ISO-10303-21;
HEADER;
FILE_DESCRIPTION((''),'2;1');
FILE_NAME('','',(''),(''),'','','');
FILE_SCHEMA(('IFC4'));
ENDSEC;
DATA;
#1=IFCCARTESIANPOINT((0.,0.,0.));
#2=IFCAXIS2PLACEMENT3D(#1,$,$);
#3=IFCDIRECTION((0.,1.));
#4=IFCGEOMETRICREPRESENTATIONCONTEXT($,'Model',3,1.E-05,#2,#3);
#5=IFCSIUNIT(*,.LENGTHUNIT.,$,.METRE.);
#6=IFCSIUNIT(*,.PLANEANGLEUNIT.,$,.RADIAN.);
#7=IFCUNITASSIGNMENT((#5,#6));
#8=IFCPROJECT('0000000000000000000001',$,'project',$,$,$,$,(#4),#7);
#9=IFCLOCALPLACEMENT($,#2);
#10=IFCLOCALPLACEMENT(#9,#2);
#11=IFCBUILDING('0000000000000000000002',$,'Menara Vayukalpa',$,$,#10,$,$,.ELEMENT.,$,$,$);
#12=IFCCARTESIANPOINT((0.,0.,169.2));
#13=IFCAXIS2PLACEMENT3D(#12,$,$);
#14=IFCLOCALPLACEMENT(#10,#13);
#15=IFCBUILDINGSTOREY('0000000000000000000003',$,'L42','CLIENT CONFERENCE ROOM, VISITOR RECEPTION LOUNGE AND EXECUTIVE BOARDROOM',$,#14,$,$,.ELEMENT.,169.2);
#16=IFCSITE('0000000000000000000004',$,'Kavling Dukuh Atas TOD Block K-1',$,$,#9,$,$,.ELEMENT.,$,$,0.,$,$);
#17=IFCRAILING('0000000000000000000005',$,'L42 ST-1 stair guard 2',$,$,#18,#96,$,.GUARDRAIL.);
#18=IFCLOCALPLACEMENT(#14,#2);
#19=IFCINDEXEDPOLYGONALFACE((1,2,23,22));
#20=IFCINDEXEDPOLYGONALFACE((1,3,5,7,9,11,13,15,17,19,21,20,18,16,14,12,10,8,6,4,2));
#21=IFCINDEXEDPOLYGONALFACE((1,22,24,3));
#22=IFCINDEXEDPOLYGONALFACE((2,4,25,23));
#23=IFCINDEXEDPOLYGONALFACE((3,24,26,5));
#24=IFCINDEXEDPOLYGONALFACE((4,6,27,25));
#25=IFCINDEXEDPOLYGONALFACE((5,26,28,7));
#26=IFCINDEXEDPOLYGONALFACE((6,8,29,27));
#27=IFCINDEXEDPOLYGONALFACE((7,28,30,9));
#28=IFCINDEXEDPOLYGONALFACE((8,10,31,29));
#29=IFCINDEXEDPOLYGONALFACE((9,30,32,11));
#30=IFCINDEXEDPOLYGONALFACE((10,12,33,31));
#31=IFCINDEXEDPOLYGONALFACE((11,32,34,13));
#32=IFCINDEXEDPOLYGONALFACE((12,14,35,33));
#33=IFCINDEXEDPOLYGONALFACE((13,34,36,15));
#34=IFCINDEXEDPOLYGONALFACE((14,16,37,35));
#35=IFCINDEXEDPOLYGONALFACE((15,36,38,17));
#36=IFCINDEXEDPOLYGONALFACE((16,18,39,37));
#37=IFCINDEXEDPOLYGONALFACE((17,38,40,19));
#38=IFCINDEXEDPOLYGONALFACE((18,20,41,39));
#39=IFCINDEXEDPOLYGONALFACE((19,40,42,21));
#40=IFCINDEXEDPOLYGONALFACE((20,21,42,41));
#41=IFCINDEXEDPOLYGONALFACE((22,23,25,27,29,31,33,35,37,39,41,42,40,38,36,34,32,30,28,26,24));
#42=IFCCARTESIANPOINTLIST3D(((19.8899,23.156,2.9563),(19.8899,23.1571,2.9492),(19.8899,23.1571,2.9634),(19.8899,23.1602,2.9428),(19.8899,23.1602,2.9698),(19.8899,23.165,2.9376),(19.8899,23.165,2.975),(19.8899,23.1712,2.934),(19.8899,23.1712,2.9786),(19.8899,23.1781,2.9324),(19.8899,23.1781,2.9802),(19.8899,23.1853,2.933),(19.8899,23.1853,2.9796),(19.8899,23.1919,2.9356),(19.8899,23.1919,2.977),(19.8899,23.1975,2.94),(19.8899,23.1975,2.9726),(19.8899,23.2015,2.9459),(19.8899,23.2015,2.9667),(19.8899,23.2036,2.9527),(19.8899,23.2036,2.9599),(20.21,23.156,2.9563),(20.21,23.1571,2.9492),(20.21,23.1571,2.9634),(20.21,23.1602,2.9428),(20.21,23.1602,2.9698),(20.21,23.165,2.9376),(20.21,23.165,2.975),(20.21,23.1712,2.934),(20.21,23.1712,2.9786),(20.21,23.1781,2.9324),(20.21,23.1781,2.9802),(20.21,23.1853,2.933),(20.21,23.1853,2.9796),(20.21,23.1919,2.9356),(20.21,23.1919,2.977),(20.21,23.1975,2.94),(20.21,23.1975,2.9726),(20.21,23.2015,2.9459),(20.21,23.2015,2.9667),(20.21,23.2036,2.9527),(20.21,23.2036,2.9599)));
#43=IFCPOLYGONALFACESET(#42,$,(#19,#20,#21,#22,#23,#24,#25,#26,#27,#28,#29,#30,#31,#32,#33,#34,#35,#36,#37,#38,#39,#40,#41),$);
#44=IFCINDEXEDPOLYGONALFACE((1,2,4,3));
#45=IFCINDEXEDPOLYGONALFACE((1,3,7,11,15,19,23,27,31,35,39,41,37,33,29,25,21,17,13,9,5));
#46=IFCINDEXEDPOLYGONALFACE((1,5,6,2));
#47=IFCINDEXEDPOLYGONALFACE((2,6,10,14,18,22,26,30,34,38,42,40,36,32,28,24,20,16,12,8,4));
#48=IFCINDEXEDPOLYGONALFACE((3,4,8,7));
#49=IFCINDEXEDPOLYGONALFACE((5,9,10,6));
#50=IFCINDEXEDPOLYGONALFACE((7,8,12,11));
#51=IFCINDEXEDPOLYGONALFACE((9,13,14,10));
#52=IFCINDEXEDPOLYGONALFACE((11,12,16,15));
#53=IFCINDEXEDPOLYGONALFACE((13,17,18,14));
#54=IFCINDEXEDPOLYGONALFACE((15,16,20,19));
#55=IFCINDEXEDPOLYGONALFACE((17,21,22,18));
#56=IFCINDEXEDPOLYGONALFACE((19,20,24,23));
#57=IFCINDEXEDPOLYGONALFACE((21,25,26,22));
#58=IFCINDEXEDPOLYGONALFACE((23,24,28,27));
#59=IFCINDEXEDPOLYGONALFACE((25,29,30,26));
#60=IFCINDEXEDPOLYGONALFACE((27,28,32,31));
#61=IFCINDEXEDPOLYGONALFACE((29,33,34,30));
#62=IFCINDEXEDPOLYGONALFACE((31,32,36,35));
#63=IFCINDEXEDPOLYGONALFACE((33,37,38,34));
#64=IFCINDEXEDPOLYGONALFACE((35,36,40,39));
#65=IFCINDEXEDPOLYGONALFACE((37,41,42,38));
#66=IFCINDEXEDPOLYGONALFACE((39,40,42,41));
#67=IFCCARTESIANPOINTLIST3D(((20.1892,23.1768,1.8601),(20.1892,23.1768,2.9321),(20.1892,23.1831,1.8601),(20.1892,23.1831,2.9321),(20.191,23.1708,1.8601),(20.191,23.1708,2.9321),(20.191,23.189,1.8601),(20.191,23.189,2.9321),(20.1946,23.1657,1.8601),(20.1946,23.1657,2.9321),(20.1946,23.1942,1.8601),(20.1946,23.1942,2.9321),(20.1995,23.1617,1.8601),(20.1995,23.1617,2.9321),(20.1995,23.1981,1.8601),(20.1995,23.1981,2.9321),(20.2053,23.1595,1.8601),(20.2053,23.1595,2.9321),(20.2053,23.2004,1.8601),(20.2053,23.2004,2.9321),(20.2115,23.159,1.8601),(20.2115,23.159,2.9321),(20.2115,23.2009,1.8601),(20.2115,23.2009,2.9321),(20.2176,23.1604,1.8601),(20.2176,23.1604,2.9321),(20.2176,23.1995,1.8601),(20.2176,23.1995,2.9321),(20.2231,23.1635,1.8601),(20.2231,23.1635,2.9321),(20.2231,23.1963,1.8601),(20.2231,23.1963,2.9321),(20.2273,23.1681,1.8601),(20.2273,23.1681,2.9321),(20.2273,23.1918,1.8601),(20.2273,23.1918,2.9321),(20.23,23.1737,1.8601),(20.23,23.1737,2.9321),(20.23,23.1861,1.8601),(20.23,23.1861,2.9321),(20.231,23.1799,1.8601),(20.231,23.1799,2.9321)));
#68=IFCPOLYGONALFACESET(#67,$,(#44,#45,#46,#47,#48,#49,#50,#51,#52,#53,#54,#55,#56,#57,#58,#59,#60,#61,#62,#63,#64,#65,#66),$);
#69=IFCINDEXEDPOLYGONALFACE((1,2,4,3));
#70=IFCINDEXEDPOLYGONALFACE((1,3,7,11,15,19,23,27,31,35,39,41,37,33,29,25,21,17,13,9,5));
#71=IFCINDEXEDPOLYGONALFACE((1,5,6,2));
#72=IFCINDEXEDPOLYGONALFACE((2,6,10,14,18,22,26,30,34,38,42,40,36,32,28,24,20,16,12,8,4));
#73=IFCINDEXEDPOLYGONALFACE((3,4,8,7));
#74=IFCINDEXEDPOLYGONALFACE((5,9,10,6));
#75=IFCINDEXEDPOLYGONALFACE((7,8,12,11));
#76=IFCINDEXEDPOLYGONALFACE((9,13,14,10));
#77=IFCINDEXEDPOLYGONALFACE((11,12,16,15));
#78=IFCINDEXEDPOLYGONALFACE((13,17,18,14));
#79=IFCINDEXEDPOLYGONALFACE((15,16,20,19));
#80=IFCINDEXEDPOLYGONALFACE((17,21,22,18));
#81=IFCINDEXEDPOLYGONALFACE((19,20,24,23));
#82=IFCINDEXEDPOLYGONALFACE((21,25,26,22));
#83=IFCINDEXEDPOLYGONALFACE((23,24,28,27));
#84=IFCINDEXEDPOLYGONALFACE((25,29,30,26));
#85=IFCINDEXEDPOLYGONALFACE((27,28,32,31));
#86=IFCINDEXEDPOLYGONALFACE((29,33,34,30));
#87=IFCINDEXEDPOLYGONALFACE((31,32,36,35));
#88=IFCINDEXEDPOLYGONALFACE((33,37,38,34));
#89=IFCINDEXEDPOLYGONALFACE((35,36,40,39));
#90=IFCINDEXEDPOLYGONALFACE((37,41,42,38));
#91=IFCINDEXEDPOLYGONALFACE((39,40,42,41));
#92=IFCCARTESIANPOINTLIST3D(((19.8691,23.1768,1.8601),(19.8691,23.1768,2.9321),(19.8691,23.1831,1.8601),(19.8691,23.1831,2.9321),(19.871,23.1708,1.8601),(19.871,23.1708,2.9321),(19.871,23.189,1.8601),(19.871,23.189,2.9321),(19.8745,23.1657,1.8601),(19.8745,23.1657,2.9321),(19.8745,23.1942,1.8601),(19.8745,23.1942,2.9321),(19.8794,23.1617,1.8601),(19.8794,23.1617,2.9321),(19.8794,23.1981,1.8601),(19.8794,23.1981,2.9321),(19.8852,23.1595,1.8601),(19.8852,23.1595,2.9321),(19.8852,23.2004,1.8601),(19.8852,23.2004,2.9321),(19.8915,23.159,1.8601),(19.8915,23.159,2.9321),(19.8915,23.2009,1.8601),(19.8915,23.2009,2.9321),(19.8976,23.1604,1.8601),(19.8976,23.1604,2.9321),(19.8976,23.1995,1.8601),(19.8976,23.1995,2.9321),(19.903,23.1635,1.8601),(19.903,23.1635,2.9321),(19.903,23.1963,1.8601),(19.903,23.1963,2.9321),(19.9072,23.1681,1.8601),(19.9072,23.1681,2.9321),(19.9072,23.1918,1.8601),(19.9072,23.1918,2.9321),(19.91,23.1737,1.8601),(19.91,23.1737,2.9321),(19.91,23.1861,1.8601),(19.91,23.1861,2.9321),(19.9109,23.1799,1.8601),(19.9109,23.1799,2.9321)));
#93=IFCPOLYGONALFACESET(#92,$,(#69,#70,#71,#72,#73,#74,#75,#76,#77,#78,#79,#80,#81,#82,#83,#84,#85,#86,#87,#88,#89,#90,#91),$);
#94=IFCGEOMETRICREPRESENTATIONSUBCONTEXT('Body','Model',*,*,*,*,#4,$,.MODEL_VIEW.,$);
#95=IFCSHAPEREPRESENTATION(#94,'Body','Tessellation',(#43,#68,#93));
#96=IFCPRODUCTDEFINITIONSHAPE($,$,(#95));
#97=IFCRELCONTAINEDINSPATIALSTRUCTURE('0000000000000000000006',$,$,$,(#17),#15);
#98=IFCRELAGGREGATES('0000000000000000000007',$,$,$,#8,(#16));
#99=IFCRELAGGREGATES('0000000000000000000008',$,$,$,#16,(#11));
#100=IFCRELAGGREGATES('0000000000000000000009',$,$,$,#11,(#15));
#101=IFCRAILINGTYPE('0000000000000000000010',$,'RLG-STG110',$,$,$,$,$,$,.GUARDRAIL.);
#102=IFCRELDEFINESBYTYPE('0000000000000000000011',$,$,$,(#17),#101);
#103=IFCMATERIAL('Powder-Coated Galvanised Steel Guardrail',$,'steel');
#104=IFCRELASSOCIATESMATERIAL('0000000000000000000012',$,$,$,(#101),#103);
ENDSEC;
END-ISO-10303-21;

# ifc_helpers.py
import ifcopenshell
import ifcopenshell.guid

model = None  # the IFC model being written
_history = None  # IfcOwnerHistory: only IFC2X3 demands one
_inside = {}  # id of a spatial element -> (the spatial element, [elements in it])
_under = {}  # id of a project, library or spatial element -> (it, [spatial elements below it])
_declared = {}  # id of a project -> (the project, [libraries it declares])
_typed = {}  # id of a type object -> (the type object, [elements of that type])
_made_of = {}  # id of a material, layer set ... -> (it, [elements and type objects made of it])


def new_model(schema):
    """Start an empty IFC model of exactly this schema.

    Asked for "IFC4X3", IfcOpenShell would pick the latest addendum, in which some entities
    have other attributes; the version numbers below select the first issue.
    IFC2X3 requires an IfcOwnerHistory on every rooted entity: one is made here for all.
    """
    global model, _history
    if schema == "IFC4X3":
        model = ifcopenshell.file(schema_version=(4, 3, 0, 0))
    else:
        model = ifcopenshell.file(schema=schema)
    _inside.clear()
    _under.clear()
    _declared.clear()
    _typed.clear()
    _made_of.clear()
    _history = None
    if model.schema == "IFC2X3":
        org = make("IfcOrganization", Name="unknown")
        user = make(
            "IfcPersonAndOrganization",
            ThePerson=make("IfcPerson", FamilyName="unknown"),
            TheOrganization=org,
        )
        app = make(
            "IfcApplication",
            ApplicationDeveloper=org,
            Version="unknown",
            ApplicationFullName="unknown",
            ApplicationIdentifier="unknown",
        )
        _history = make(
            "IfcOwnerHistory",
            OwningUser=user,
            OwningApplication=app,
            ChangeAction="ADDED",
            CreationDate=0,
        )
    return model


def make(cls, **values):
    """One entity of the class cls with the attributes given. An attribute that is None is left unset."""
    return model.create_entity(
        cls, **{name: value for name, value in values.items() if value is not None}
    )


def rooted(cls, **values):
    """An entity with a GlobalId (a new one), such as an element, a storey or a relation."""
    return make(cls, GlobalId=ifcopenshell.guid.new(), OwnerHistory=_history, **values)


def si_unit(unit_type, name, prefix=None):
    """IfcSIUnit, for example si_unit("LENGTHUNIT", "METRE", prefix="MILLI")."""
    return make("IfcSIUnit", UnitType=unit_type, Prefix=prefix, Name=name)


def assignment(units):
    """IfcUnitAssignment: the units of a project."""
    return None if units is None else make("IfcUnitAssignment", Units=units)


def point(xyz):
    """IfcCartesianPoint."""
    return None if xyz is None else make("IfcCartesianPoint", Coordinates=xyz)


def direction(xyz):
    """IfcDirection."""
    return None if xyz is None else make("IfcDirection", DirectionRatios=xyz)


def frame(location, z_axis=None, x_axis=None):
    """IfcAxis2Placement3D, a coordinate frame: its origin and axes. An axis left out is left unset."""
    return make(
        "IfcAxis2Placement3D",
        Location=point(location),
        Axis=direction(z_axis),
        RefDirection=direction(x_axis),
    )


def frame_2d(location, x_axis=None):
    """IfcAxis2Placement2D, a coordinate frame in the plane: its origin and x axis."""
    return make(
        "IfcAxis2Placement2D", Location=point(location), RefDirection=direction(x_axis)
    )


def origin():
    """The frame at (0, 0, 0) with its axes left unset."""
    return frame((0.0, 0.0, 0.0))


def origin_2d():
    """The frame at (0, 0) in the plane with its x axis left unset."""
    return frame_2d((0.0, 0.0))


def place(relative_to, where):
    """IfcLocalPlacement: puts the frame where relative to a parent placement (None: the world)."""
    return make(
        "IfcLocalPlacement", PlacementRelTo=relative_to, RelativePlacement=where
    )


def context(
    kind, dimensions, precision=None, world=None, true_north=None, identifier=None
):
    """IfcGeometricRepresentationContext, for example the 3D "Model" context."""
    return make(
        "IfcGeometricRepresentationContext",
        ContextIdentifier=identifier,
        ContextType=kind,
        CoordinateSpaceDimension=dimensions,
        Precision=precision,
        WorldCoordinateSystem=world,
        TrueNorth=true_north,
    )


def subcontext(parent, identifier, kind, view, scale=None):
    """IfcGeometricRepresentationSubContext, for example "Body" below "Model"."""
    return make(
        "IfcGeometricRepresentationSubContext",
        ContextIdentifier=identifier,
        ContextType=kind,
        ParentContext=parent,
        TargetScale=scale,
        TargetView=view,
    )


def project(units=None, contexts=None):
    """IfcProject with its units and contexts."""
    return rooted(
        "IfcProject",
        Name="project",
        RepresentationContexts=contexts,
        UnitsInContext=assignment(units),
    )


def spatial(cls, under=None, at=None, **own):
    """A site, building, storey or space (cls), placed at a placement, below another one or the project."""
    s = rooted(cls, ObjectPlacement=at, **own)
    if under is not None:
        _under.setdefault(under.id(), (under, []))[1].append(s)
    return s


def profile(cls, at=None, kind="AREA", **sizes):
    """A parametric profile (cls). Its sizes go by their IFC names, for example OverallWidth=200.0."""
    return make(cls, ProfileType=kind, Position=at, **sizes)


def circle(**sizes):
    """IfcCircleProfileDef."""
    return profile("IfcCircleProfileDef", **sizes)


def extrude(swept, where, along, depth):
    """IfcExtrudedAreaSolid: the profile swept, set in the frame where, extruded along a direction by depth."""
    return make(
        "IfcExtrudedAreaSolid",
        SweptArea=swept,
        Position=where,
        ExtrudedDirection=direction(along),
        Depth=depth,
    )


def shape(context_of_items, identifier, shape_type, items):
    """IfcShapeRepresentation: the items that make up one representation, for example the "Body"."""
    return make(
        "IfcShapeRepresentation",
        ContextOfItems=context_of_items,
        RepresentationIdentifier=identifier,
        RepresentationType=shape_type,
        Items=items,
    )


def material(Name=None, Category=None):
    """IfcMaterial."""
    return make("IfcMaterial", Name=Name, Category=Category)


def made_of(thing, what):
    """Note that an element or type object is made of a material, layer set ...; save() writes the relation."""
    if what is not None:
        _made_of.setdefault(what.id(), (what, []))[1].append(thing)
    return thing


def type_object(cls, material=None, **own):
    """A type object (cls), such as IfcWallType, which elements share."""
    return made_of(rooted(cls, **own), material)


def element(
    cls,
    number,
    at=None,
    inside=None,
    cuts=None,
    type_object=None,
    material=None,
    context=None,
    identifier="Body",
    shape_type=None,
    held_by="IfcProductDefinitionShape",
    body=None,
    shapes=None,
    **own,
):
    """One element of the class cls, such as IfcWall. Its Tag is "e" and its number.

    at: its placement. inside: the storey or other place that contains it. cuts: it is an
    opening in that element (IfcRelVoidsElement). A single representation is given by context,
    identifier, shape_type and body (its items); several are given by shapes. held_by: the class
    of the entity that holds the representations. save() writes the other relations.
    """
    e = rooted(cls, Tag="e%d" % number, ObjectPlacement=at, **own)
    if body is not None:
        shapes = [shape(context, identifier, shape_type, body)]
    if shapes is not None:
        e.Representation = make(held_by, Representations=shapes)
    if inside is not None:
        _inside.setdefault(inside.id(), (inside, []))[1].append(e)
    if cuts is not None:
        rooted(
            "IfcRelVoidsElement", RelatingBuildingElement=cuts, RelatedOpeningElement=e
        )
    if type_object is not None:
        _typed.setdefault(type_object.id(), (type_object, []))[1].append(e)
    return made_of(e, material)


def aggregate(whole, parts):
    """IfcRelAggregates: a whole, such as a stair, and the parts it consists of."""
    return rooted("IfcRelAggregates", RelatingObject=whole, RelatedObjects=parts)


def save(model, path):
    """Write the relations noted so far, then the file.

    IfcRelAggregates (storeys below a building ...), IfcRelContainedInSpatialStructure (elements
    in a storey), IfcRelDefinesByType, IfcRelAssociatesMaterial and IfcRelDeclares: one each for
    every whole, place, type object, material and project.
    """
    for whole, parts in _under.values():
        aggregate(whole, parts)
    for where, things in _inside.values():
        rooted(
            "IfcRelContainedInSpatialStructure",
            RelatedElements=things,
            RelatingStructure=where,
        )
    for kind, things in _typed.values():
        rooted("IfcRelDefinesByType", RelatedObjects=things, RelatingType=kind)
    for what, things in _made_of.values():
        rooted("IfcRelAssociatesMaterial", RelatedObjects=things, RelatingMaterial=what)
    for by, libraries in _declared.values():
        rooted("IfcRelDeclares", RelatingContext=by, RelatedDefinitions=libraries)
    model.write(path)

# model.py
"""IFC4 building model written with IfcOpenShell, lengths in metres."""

from ifc_helpers import new_model, si_unit, direction, frame, origin, origin_2d, place, context, subcontext, project, spatial, circle, extrude, material, type_object, element, save


model = new_model("IFC4")

# Units and contexts
model_context = context("Model", 3, precision=1e-05, world=origin(), true_north=direction((0.0, 1.0)))
body_context = subcontext(model_context, "Body", "Model", "MODEL_VIEW")
ifc_project = project(units=[si_unit("LENGTHUNIT", "METRE"), si_unit("PLANEANGLEUNIT", "RADIAN")], contexts=[model_context])

# Site, building, storey
site_placement = place(None, origin())
site = spatial("IfcSite", under=ifc_project, at=site_placement, Name="Kavling Dukuh Atas TOD Block K-1", CompositionType="ELEMENT", RefElevation=0.0)
building_placement = place(site_placement, origin())
building = spatial("IfcBuilding", under=site, at=building_placement, Name="Menara Vayukalpa", CompositionType="ELEMENT")
storey_placement = place(building_placement, frame((0.0, 0.0, 169.2)))
storey = spatial("IfcBuildingStorey", under=building, at=storey_placement, Name="L42", Description="CLIENT CONFERENCE ROOM, VISITOR RECEPTION LOUNGE AND EXECUTIVE BOARDROOM", CompositionType="ELEMENT", Elevation=169.2)

# Railing
ifc_material_1 = material(Name="Powder-Coated Galvanised Steel Guardrail", Category="steel")
railing_type_1 = type_object("IfcRailingType", Name="RLG-STG110", PredefinedType="GUARDRAIL", material=ifc_material_1)
railing_1_placement = place(storey_placement, frame((20.21, 23.1799, 1.8601)))
element("IfcRailing", 1, at=railing_1_placement, inside=storey, type_object=railing_type_1, Name="L42 ST-1 stair guard 2", PredefinedType="GUARDRAIL", context=body_context, shape_type="SweptSolid", body=[
    extrude(circle(Radius=0.0239, at=origin_2d()), frame((0.0, 0.0, 1.0962), z_axis=(-1.0, 0.0, 0.0), x_axis=(0.0, -1.0, 0.0)), (0.0, 0.0, 1.0), 0.3201),
    extrude(circle(Radius=0.021, at=origin_2d()), origin(), (0.0, 0.0, 1.0), 1.072),
    extrude(circle(Radius=0.021, at=origin_2d()), frame((-0.3201, 0.0, 0.0)), (0.0, 0.0, 1.0), 1.072),
])

save(model, "model.ifc")
